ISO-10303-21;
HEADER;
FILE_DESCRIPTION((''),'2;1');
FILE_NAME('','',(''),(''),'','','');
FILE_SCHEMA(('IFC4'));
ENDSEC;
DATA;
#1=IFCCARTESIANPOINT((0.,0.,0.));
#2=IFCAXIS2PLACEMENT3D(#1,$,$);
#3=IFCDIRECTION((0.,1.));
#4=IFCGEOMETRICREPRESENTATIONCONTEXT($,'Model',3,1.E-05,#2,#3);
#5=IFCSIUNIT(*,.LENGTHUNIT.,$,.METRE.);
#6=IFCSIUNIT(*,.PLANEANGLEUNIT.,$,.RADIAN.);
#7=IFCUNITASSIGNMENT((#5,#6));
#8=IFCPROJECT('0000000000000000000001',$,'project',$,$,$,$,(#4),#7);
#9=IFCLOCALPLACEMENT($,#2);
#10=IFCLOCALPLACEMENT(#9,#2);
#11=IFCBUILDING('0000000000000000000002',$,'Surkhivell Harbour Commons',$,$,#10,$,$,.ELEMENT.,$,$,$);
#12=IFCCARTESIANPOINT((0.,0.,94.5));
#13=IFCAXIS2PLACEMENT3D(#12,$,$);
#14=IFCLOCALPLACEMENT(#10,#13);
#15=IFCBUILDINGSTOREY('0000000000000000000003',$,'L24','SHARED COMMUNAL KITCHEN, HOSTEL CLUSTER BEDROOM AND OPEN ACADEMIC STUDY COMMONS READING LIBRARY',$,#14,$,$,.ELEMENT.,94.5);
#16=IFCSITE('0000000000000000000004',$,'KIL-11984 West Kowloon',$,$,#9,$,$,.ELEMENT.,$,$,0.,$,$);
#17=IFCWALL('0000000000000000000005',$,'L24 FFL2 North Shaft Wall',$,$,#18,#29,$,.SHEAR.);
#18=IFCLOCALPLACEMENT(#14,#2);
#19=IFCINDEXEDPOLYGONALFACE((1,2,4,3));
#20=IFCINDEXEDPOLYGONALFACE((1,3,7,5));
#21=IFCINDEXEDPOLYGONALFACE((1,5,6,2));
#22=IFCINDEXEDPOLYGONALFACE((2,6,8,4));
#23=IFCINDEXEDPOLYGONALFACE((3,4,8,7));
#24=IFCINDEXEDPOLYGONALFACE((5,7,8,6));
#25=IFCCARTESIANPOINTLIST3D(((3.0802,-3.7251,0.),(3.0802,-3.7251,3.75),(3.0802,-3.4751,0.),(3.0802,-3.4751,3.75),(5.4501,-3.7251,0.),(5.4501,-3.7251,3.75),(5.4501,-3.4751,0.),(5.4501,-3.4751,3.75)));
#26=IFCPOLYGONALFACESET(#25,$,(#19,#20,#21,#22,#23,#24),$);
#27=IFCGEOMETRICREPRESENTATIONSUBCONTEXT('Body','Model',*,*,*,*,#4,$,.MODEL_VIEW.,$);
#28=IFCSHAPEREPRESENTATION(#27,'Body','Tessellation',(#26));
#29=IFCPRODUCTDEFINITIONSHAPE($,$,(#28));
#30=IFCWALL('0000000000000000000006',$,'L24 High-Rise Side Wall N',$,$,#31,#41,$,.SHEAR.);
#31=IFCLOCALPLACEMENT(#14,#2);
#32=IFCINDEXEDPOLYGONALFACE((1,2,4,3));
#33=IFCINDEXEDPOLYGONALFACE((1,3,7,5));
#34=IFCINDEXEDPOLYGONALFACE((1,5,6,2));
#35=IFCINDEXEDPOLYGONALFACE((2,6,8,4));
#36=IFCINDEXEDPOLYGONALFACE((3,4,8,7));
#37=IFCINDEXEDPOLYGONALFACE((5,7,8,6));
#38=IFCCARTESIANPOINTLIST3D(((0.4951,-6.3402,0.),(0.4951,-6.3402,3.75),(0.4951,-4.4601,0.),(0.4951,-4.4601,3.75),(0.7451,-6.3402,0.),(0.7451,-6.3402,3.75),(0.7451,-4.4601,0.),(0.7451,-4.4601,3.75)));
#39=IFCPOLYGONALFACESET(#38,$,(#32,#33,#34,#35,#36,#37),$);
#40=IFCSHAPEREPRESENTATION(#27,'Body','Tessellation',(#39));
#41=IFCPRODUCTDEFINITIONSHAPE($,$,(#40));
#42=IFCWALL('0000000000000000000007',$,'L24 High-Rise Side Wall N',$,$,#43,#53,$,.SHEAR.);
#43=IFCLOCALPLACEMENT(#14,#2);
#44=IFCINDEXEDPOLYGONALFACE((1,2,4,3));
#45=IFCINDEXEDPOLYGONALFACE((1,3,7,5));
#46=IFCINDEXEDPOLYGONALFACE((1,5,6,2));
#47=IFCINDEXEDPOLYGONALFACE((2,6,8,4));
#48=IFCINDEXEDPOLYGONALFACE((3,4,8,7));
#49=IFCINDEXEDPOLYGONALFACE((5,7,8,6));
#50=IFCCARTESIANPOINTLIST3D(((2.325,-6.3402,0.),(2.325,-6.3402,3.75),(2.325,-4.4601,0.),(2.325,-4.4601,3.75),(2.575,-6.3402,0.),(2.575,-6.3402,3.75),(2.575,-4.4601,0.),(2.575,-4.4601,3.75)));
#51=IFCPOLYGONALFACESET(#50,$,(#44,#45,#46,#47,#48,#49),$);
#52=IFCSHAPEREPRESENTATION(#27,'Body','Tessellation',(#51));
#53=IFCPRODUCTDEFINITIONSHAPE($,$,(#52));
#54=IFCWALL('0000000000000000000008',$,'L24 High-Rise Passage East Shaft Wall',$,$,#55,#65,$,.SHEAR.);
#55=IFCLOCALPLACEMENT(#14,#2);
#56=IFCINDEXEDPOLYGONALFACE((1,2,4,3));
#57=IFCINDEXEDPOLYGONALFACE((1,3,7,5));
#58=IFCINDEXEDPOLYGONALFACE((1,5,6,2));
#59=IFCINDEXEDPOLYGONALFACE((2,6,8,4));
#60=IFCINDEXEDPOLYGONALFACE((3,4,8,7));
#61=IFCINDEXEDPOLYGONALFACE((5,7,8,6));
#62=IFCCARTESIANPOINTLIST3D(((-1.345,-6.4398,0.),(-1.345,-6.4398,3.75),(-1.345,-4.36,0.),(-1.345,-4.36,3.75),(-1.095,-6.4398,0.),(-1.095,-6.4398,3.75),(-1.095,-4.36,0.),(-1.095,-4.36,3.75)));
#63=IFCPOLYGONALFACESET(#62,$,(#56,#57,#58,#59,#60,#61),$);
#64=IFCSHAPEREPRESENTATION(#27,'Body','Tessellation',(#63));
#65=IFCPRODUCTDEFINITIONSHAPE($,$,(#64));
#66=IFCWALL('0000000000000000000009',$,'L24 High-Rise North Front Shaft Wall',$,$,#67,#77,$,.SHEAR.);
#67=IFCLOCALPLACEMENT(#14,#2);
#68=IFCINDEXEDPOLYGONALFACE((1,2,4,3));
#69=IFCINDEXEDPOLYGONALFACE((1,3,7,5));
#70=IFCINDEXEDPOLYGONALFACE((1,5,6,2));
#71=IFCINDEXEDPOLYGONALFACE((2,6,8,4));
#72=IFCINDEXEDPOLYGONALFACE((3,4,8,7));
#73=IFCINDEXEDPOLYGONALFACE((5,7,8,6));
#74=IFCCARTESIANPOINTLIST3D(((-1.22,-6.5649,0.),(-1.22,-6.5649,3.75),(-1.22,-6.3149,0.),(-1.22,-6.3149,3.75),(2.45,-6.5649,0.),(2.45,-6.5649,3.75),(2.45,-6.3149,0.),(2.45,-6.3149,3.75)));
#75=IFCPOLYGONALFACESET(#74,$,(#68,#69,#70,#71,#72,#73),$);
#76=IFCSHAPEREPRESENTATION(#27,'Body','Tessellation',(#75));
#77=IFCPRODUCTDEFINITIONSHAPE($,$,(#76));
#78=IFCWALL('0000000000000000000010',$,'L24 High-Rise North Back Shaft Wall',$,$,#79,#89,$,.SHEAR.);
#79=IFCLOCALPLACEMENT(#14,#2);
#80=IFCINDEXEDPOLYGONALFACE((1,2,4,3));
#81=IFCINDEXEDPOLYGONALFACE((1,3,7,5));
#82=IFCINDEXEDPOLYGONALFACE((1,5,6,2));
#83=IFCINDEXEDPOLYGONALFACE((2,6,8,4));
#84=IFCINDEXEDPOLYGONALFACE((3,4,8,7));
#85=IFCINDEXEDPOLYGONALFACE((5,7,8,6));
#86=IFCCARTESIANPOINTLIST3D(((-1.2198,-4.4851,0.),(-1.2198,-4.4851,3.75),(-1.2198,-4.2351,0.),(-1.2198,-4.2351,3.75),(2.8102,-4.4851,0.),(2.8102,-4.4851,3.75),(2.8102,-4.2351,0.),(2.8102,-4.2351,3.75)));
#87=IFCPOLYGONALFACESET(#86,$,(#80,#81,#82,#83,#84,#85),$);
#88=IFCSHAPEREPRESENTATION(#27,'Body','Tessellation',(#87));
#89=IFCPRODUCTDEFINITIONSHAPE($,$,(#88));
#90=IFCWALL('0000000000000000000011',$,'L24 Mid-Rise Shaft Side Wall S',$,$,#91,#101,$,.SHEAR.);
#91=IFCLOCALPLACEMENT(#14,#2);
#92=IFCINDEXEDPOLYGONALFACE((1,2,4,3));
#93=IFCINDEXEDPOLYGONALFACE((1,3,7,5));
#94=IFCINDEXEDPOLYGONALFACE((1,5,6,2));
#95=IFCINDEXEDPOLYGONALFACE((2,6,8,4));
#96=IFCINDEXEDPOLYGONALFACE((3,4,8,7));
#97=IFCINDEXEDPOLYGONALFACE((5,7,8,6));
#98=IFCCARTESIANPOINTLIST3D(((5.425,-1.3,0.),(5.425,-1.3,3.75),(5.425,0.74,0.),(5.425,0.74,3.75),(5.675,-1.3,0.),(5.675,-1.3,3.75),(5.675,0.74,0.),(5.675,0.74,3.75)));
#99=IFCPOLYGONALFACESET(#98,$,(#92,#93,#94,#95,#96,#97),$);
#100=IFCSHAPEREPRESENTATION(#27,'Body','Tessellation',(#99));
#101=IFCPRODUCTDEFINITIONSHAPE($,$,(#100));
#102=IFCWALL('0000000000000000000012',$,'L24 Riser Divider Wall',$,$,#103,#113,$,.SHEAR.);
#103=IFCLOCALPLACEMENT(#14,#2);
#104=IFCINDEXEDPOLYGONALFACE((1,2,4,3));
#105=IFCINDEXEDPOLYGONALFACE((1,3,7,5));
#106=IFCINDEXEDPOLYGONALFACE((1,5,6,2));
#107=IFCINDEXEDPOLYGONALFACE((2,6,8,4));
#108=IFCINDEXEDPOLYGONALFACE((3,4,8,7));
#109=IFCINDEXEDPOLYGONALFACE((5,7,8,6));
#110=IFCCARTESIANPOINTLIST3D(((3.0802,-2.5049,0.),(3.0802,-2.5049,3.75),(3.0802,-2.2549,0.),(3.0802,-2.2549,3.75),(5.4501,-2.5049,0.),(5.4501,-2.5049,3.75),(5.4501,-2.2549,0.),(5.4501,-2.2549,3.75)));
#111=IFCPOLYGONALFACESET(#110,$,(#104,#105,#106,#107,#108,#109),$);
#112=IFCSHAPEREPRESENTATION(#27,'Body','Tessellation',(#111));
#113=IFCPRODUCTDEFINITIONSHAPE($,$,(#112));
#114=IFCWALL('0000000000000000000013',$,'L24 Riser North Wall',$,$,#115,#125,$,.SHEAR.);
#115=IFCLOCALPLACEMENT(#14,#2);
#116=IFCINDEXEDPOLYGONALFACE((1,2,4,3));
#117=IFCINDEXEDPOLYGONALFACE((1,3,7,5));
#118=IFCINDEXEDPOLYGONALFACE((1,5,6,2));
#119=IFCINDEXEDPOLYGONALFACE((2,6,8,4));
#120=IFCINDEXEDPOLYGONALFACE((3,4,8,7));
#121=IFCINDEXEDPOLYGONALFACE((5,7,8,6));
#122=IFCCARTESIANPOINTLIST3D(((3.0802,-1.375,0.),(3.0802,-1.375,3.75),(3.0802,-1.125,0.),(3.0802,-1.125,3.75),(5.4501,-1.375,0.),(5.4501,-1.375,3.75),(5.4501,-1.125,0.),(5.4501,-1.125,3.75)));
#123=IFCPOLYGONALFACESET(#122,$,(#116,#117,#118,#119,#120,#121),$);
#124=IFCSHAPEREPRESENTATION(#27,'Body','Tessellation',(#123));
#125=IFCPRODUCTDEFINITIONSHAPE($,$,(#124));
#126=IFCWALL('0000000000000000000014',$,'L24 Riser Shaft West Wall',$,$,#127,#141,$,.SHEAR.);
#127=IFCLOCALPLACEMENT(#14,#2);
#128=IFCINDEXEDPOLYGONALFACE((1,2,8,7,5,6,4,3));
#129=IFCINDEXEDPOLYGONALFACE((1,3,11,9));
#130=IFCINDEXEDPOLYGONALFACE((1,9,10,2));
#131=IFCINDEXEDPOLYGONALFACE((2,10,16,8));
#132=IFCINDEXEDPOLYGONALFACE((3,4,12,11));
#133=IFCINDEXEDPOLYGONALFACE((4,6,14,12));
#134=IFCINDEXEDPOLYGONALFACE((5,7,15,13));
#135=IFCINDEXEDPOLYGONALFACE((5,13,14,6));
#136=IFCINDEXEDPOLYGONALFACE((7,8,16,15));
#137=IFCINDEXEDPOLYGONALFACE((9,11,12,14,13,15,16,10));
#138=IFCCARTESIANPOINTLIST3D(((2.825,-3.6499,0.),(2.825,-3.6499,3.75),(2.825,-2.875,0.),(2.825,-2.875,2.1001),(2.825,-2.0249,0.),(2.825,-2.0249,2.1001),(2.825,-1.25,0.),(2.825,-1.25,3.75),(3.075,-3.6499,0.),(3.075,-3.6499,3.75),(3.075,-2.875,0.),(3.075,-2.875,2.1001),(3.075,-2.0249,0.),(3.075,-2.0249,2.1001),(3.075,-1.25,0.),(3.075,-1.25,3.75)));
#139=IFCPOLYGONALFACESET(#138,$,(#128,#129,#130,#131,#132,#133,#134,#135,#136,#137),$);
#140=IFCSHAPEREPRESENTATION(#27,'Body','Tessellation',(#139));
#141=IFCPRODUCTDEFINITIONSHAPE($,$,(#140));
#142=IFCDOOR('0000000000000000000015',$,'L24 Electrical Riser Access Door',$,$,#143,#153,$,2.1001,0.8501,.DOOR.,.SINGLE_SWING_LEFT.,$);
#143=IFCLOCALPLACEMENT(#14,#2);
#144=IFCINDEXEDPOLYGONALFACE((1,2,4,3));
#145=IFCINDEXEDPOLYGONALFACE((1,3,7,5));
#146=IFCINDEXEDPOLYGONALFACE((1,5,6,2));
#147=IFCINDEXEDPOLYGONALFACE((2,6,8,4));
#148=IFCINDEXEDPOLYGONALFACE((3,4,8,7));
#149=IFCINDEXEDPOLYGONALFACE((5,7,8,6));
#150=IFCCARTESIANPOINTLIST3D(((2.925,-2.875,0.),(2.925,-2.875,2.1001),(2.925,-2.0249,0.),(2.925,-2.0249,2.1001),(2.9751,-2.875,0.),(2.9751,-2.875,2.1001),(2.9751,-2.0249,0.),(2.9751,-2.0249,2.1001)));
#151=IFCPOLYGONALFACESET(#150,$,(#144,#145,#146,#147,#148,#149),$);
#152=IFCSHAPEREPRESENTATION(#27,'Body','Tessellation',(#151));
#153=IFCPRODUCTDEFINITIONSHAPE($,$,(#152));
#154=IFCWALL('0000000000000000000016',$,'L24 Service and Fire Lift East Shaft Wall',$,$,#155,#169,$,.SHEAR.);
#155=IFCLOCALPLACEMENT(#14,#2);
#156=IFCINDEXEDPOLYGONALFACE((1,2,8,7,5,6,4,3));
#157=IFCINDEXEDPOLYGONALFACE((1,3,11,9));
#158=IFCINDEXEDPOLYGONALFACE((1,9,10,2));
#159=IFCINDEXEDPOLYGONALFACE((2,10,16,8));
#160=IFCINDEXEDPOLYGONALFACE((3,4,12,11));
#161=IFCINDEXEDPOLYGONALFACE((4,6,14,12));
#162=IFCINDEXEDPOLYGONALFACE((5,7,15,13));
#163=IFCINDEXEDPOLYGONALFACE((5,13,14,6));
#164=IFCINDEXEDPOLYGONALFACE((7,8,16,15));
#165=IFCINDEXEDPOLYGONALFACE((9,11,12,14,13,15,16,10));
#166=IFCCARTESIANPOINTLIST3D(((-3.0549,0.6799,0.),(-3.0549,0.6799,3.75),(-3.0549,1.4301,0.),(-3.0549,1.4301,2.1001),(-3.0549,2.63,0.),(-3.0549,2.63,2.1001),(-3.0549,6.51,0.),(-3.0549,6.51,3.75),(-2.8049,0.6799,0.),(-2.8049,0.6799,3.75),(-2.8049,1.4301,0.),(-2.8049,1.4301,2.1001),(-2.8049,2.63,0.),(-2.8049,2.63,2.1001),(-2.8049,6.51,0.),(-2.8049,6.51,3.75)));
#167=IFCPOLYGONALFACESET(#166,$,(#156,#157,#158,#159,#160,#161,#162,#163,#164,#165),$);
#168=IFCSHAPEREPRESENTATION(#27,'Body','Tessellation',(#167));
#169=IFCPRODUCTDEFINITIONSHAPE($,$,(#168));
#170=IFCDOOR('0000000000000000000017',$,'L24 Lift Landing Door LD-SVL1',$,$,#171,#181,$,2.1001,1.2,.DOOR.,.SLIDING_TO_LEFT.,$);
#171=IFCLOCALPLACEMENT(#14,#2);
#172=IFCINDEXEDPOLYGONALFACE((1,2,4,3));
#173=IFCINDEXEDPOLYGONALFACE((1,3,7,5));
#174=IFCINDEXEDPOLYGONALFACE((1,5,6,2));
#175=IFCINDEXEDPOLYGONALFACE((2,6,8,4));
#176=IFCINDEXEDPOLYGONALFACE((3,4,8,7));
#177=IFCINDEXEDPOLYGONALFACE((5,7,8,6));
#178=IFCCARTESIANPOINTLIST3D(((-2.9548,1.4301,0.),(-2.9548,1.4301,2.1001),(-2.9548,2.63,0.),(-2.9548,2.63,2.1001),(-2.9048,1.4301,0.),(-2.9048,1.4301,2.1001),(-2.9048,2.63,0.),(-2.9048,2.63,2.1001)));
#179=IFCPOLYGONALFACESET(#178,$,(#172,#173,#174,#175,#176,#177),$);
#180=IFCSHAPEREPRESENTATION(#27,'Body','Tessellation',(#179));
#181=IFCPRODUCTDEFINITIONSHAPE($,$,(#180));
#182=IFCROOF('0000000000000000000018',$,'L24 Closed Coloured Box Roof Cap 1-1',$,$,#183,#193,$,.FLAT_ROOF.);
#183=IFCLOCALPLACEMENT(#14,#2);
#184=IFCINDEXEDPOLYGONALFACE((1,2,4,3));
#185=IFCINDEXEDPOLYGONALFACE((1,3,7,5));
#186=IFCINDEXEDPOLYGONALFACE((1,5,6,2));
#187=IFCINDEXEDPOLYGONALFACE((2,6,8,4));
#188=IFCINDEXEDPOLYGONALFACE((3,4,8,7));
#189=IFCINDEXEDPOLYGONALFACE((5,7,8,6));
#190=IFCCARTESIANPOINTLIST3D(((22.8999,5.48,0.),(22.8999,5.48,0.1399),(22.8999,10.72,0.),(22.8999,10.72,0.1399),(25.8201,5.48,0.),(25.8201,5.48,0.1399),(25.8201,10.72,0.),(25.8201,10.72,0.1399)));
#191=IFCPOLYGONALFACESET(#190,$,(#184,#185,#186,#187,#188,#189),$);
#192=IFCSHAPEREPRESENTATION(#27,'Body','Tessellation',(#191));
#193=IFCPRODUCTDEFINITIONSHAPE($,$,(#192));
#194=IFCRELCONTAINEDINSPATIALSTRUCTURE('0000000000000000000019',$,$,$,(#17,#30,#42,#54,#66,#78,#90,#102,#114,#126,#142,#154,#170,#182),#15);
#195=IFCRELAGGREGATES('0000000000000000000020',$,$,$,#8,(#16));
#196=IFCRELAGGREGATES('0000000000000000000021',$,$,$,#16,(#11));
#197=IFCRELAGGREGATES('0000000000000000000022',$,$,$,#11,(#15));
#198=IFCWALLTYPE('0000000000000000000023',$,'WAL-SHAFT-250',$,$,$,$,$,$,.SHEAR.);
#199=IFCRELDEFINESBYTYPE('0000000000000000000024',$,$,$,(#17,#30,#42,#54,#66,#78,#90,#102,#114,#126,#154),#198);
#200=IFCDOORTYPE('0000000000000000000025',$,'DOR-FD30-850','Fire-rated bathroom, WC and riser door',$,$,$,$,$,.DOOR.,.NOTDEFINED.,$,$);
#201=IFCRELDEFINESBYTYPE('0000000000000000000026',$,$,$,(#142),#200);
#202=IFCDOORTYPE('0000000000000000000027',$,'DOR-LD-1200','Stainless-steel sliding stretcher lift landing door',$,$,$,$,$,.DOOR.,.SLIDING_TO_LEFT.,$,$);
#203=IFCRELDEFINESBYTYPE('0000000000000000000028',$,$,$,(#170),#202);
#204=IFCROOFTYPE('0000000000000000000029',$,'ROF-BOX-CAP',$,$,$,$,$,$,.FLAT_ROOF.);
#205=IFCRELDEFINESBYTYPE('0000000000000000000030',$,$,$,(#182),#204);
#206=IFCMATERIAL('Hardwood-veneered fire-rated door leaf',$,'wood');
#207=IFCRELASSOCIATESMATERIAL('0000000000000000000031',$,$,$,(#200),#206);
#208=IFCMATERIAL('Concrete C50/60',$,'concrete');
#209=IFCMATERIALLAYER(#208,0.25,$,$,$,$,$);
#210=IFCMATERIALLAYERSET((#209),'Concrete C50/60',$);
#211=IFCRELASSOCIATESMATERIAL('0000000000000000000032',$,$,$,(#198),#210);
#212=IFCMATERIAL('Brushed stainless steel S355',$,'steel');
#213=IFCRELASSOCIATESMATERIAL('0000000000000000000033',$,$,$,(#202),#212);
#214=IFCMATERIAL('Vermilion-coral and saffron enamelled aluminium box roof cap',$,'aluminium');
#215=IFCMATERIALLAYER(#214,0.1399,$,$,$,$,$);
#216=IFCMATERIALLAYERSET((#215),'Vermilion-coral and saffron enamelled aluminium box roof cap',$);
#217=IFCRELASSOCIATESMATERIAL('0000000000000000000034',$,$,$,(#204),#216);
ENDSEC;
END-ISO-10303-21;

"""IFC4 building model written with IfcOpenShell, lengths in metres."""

from ifc_helpers import new_model, si_unit, direction, frame, frame_2d, origin, place, context, subcontext, project, spatial, polyline, rectangle, outline, extrude, material, layer, layer_set, type_object, element, fill, save


model = new_model("IFC4")

# Units and contexts
model_context = context("Model", 3, precision=1e-05, world=origin(), true_north=direction((0.0, 1.0)))
body_context = subcontext(model_context, "Body", "Model", "MODEL_VIEW")
ifc_project = project(units=[si_unit("LENGTHUNIT", "METRE"), si_unit("PLANEANGLEUNIT", "RADIAN")], contexts=[model_context])

# Site, building, storey
site_placement = place(None, origin())
site = spatial("IfcSite", under=ifc_project, at=site_placement, Name="KIL-11984 West Kowloon", CompositionType="ELEMENT", RefElevation=0.0)
building_placement = place(site_placement, origin())
building = spatial("IfcBuilding", under=site, at=building_placement, Name="Surkhivell Harbour Commons", CompositionType="ELEMENT")
storey_placement = place(building_placement, frame((0.0, 0.0, 94.5)))
storey = spatial("IfcBuildingStorey", under=building, at=storey_placement, Name="L24", Description="SHARED COMMUNAL KITCHEN, HOSTEL CLUSTER BEDROOM AND OPEN ACADEMIC STUDY COMMONS READING LIBRARY", CompositionType="ELEMENT", Elevation=94.5)

# Shared definitions
ifc_material_1 = material(Name="Hardwood-veneered fire-rated door leaf", Category="wood")
door_type_1 = type_object("IfcDoorType", Name="DOR-FD30-850", Description="Fire-rated bathroom, WC and riser door", OperationType="NOTDEFINED", PredefinedType="DOOR", material=ifc_material_1)

# Walls
ifc_material_2 = material(Name="Concrete C50/60", Category="concrete")
ifc_layer_1 = layer(ifc_material_2, 0.25)
ifc_layer_set_1 = layer_set([ifc_layer_1], Name="Concrete C50/60")
wall_type_1 = type_object("IfcWallType", Name="WAL-SHAFT-250", PredefinedType="SHEAR", material=ifc_layer_set_1)
wall_1_placement = place(storey_placement, frame((3.0801, -3.6001, 0.0), z_axis=(0.0, 0.0, 1.0), x_axis=(1.0, 0.0, 0.0)))
element("IfcWall", 1, at=wall_1_placement, inside=storey, type_object=wall_type_1, Name="L24 FFL2 North Shaft Wall", PredefinedType="SHEAR", context=body_context, shape_type="SweptSolid", body=[
    extrude(rectangle(XDim=2.3699, YDim=0.25, at=frame_2d((1.1851, 0.0))), origin(), (0.0, 0.0, 1.0), 3.75),
])
for number, where, z_axis, x_axis, name in (
    (2, (0.6201, -6.3401, 0.0), (0.0, 0.0, 1.0), (0.0, 1.0, 0.0), "L24 High-Rise Side Wall N"),
    (3, (2.45, -6.3401, 0.0), (0.0, 0.0, 1.0), (0.0, 1.0, 0.0), "L24 High-Rise Side Wall N"),
):
    element("IfcWall", number, at=place(storey_placement, frame(where, z_axis=z_axis, x_axis=x_axis)), inside=storey, type_object=wall_type_1, Name=name, PredefinedType="SHEAR", context=body_context, shape_type="SweptSolid", body=[
        extrude(rectangle(XDim=1.8801, YDim=0.25, at=frame_2d((0.9399, 0.0))), origin(), (0.0, 0.0, 1.0), 3.75),
    ])
wall_2_placement = place(storey_placement, frame((-1.22, -6.4399, 0.0), z_axis=(0.0, 0.0, 1.0), x_axis=(0.0, 1.0, 0.0)))
element("IfcWall", 4, at=wall_2_placement, inside=storey, type_object=wall_type_1, Name="L24 High-Rise Passage East Shaft Wall", PredefinedType="SHEAR", context=body_context, shape_type="SweptSolid", body=[
    extrude(rectangle(XDim=2.0798, YDim=0.25, at=frame_2d((1.04, 0.0))), origin(), (0.0, 0.0, 1.0), 3.75),
])
wall_3_placement = place(storey_placement, frame((-1.22, -6.4399, 0.0), z_axis=(0.0, 0.0, 1.0), x_axis=(1.0, 0.0, 0.0)))
element("IfcWall", 5, at=wall_3_placement, inside=storey, type_object=wall_type_1, Name="L24 High-Rise North Front Shaft Wall", PredefinedType="SHEAR", context=body_context, shape_type="SweptSolid", body=[
    extrude(rectangle(XDim=3.6699, YDim=0.25, at=frame_2d((1.835, 0.0))), origin(), (0.0, 0.0, 1.0), 3.75),
])
wall_4_placement = place(storey_placement, frame((-1.22, -4.3601, 0.0), z_axis=(0.0, 0.0, 1.0), x_axis=(1.0, 0.0, 0.0)))
element("IfcWall", 6, at=wall_4_placement, inside=storey, type_object=wall_type_1, Name="L24 High-Rise North Back Shaft Wall", PredefinedType="SHEAR", context=body_context, shape_type="SweptSolid", body=[
    extrude(rectangle(XDim=4.03, YDim=0.25, at=frame_2d((2.0151, 0.0))), origin(), (0.0, 0.0, 1.0), 3.75),
])
wall_5_placement = place(storey_placement, frame((5.55, -1.3, 0.0), z_axis=(0.0, 0.0, 1.0), x_axis=(0.0, 1.0, 0.0)))
element("IfcWall", 7, at=wall_5_placement, inside=storey, type_object=wall_type_1, Name="L24 Mid-Rise Shaft Side Wall S", PredefinedType="SHEAR", context=body_context, shape_type="SweptSolid", body=[
    extrude(rectangle(XDim=2.04, YDim=0.25, at=frame_2d((1.02, 0.0))), origin(), (0.0, 0.0, 1.0), 3.75),
])
for number, where, z_axis, x_axis, name in (
    (8, (3.0801, -2.3799, 0.0), (0.0, 0.0, 1.0), (1.0, 0.0, 0.0), "L24 Riser Divider Wall"),
    (9, (3.0801, -1.25, 0.0), (0.0, 0.0, 1.0), (1.0, 0.0, 0.0), "L24 Riser North Wall"),
):
    element("IfcWall", number, at=place(storey_placement, frame(where, z_axis=z_axis, x_axis=x_axis)), inside=storey, type_object=wall_type_1, Name=name, PredefinedType="SHEAR", context=body_context, shape_type="SweptSolid", body=[
        extrude(rectangle(XDim=2.3699, YDim=0.25, at=frame_2d((1.1851, 0.0))), origin(), (0.0, 0.0, 1.0), 3.75),
    ])

# Walls, openings, doors
wall_6_placement = place(storey_placement, frame((2.95, -3.6499, 0.0), z_axis=(0.0, 0.0, 1.0), x_axis=(0.0, 1.0, 0.0)))
wall_6 = element("IfcWall", 10, at=wall_6_placement, inside=storey, type_object=wall_type_1, Name="L24 Riser Shaft West Wall", PredefinedType="SHEAR", context=body_context, shape_type="SweptSolid", body=[
    extrude(rectangle(XDim=2.3999, YDim=0.25, at=frame_2d((1.2, 0.0))), origin(), (0.0, 0.0, 1.0), 3.75),
])
opening_1_placement = place(wall_6_placement, frame((0.7749, 0.0, 0.0)))
opening_1 = element("IfcOpeningElement", 11, at=opening_1_placement, cuts=wall_6, PredefinedType="OPENING", context=body_context, shape_type="SweptSolid", body=[
    extrude(rectangle(XDim=0.8501, YDim=2.1001, at=frame_2d((0.425, 1.05))), frame((0.0, 0.135, 0.0), z_axis=(0.0, -1.0, 0.0), x_axis=(1.0, 0.0, 0.0)), (0.0, 0.0, 1.0), 0.27),
])
door_1_placement = place(opening_1_placement, origin())
door_1 = element("IfcDoor", 12, at=door_1_placement, inside=storey, type_object=door_type_1, Name="L24 Electrical Riser Access Door", OperationType="SINGLE_SWING_LEFT", OverallHeight=2.1001, OverallWidth=0.8501, PredefinedType="DOOR", context=body_context, shape_type="SweptSolid", body=[
    extrude(rectangle(XDim=0.8501, YDim=2.1001, at=frame_2d((0.425, 1.05))), frame((0.0, 0.0249, 0.0), z_axis=(0.0, -1.0, 0.0), x_axis=(1.0, 0.0, 0.0)), (0.0, 0.0, 1.0), 0.05),
])
fill(opening_1, door_1)
wall_7_placement = place(storey_placement, frame((-2.9299, 0.6799, 0.0), z_axis=(0.0, 0.0, 1.0), x_axis=(0.0, 1.0, 0.0)))
wall_7 = element("IfcWall", 13, at=wall_7_placement, inside=storey, type_object=wall_type_1, Name="L24 Service and Fire Lift East Shaft Wall", PredefinedType="SHEAR", context=body_context, shape_type="SweptSolid", body=[
    extrude(rectangle(XDim=5.8301, YDim=0.25, at=frame_2d((2.915, 0.0))), origin(), (0.0, 0.0, 1.0), 3.75),
])
opening_2_placement = place(wall_7_placement, frame((0.75, 0.0, 0.0)))
opening_2 = element("IfcOpeningElement", 14, at=opening_2_placement, cuts=wall_7, PredefinedType="OPENING", context=body_context, shape_type="SweptSolid", body=[
    extrude(rectangle(XDim=1.2, YDim=2.1001, at=frame_2d((0.6001, 1.05))), frame((0.0, 0.135, 0.0), z_axis=(0.0, -1.0, 0.0), x_axis=(1.0, 0.0, 0.0)), (0.0, 0.0, 1.0), 0.27),
])
ifc_material_3 = material(Name="Brushed stainless steel S355", Category="steel")
door_type_2 = type_object("IfcDoorType", Name="DOR-LD-1200", Description="Stainless-steel sliding stretcher lift landing door", OperationType="SLIDING_TO_LEFT", PredefinedType="DOOR", material=ifc_material_3)
door_2_placement = place(opening_2_placement, origin())
door_2 = element("IfcDoor", 15, at=door_2_placement, inside=storey, type_object=door_type_2, Name="L24 Lift Landing Door LD-SVL1", OperationType="SLIDING_TO_LEFT", OverallHeight=2.1001, OverallWidth=1.2, PredefinedType="DOOR", context=body_context, shape_type="SweptSolid", body=[
    extrude(rectangle(XDim=1.2, YDim=2.1001, at=frame_2d((0.6001, 1.05))), frame((0.0, 0.0249, 0.0), z_axis=(0.0, -1.0, 0.0), x_axis=(1.0, 0.0, 0.0)), (0.0, 0.0, 1.0), 0.05),
])
fill(opening_2, door_2)

# Roof
ifc_material_4 = material(Name="Vermilion-coral and saffron enamelled aluminium box roof cap", Category="aluminium")
ifc_layer_2 = layer(ifc_material_4, 0.1399)
ifc_layer_set_2 = layer_set([ifc_layer_2], Name="Vermilion-coral and saffron enamelled aluminium box roof cap")
roof_type = type_object("IfcRoofType", Name="ROF-BOX-CAP", PredefinedType="FLAT_ROOF", material=ifc_layer_set_2)
roof_1_placement = place(storey_placement, origin())
element("IfcRoof", 16, at=roof_1_placement, inside=storey, type_object=roof_type, Name="L24 Closed Coloured Box Roof Cap 1-1", PredefinedType="FLAT_ROOF", context=body_context, shape_type="SweptSolid", body=[
    extrude(outline(polyline([(22.8999, 10.72), (22.8999, 5.48), (25.8201, 5.48), (25.8201, 10.72), (22.8999, 10.72)])), origin(), (0.0, 0.0, 1.0), 0.1399),
])

save(model, "model.ifc")
